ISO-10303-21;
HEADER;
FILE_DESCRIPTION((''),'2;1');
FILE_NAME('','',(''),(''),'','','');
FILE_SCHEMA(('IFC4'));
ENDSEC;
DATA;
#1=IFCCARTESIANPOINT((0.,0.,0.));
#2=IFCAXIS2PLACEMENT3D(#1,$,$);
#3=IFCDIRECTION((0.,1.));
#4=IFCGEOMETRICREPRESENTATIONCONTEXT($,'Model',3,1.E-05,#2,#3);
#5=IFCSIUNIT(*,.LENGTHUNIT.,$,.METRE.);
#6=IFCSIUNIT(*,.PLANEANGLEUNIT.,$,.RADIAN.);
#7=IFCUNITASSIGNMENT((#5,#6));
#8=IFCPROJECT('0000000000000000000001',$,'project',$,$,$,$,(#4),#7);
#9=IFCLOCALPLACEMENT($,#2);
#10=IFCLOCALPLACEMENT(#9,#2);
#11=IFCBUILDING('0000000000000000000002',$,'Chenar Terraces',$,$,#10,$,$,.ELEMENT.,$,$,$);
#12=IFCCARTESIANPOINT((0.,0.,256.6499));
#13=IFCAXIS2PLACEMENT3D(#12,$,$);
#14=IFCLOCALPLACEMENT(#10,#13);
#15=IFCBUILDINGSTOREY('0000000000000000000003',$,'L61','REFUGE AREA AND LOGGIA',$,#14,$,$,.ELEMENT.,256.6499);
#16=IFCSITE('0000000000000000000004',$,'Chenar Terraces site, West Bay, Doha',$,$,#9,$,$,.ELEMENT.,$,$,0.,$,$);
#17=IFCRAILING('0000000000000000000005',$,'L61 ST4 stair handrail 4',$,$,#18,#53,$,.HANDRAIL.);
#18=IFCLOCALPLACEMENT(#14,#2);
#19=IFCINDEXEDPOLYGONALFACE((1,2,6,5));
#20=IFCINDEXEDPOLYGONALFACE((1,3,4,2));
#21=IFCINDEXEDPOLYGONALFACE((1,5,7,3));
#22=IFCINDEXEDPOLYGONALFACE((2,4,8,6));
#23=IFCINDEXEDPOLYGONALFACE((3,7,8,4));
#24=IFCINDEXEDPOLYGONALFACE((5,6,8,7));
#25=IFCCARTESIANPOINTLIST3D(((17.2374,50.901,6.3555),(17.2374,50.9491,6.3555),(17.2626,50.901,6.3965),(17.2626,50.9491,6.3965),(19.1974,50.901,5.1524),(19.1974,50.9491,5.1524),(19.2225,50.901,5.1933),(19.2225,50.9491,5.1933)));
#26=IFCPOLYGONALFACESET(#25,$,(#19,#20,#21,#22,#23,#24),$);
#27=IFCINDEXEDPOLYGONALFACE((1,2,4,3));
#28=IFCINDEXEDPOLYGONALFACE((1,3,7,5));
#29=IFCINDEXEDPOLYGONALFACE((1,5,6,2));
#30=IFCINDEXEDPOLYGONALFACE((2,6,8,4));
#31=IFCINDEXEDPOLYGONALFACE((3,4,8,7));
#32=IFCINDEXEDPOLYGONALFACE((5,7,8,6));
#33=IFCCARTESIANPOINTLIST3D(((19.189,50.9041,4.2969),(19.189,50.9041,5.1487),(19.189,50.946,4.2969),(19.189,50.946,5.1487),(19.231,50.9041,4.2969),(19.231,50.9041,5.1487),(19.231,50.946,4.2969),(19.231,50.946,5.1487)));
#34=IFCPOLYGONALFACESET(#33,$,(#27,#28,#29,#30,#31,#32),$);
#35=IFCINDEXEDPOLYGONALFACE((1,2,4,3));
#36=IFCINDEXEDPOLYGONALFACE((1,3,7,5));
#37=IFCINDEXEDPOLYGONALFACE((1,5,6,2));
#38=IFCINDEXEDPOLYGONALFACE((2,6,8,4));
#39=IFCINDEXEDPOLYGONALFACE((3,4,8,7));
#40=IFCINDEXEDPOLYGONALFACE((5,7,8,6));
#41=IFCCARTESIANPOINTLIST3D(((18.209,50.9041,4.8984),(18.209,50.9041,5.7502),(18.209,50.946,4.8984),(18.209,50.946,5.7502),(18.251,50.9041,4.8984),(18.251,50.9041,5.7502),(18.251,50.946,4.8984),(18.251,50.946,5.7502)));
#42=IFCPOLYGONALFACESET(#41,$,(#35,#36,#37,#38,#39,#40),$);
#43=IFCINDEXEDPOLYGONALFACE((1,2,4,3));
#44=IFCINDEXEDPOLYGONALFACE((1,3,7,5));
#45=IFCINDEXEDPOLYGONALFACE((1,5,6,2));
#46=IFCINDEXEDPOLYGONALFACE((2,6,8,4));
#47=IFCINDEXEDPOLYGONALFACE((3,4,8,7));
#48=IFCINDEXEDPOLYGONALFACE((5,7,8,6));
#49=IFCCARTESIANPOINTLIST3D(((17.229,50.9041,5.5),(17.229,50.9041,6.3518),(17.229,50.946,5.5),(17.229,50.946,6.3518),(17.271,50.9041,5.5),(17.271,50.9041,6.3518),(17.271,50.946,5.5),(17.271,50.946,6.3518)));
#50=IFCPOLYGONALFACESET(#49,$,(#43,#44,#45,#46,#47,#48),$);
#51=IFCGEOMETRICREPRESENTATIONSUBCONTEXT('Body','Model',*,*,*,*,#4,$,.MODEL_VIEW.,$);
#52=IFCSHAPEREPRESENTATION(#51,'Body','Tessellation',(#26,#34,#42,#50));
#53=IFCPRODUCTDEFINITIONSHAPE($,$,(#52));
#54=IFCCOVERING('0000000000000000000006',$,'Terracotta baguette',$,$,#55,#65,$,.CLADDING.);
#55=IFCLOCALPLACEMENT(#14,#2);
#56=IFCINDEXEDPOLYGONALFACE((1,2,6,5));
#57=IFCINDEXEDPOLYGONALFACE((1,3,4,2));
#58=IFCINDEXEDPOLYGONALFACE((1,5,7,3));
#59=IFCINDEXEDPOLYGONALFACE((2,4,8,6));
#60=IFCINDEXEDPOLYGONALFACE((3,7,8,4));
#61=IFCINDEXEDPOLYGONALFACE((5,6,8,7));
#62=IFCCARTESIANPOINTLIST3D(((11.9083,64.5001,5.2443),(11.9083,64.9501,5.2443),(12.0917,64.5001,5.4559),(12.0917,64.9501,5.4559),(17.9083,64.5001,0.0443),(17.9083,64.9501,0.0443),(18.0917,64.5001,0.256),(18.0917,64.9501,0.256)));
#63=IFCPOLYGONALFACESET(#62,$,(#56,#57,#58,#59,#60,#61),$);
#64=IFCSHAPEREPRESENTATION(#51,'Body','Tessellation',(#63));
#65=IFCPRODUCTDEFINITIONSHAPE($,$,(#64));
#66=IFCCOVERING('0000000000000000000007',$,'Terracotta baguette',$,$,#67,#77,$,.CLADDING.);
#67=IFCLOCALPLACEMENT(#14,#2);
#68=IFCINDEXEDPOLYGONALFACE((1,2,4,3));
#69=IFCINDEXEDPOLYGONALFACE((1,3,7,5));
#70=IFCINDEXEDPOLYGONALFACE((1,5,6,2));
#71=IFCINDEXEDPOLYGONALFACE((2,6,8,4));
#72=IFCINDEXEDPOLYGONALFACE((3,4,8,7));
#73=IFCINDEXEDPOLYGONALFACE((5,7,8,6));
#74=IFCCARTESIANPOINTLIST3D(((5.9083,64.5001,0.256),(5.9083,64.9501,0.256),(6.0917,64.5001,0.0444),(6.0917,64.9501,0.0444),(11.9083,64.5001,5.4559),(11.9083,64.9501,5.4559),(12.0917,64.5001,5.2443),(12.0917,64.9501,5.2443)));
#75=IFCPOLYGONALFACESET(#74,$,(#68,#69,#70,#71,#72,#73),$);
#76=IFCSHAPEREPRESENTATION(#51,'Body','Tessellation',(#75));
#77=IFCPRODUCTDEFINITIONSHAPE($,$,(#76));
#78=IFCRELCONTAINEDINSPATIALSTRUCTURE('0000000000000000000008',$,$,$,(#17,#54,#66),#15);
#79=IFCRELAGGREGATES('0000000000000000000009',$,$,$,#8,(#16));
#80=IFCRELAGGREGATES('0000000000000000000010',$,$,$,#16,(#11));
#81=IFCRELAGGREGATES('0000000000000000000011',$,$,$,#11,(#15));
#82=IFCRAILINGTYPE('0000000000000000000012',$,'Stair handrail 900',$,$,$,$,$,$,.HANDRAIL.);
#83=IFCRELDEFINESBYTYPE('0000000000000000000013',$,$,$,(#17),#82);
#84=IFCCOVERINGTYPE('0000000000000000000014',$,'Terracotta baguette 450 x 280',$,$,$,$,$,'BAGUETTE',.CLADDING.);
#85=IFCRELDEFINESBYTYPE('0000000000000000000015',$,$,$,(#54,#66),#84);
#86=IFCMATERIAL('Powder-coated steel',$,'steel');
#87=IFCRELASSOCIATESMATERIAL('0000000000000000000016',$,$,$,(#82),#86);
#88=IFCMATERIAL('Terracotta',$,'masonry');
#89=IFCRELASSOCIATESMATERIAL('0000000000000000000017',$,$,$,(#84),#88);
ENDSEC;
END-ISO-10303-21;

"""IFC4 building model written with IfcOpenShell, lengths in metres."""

from ifc_helpers import new_model, si_unit, direction, frame, origin, origin_2d, place, context, subcontext, project, spatial, rectangle, extrude, material, material_profile, profile_set, type_object, element, save


model = new_model("IFC4")

# Units and contexts
model_context = context("Model", 3, precision=1e-05, world=origin(), true_north=direction((0.0, 1.0)))
body_context = subcontext(model_context, "Body", "Model", "MODEL_VIEW")
ifc_project = project(units=[si_unit("LENGTHUNIT", "METRE"), si_unit("PLANEANGLEUNIT", "RADIAN")], contexts=[model_context])

# Site, building, storey
site_placement = place(None, origin())
site = spatial("IfcSite", under=ifc_project, at=site_placement, Name="Chenar Terraces site, West Bay, Doha", CompositionType="ELEMENT", RefElevation=0.0)
building_placement = place(site_placement, origin())
building = spatial("IfcBuilding", under=site, at=building_placement, Name="Chenar Terraces", CompositionType="ELEMENT")
storey_placement = place(building_placement, frame((0.0, 0.0, 256.6499)))
storey = spatial("IfcBuildingStorey", under=building, at=storey_placement, Name="L61", Description="REFUGE AREA AND LOGGIA", CompositionType="ELEMENT", Elevation=256.6499)

# Railing
ifc_material_1 = material(Name="Powder-coated steel", Category="steel")
railing_type_1 = type_object("IfcRailingType", Name="Stair handrail 900", PredefinedType="HANDRAIL", material=ifc_material_1)
railing_1_placement = place(storey_placement, frame((19.21, 50.925, 4.2969)))
element("IfcRailing", 1, at=railing_1_placement, inside=storey, type_object=railing_type_1, Name="L61 ST4 stair handrail 4", PredefinedType="HANDRAIL", context=body_context, shape_type="SweptSolid", body=[
    extrude(rectangle(XDim=0.0481, YDim=0.0481, at=origin_2d()), frame((0.0, 0.0, 0.876), z_axis=(-0.852241, 0.0, 0.523149), x_axis=(0.0, -1.0, 0.0)), (0.0, 0.0, 1.0), 2.2998),
    extrude(rectangle(XDim=0.042, YDim=0.042, at=origin_2d()), origin(), (0.0, 0.0, 1.0), 0.8518),
    extrude(rectangle(XDim=0.042, YDim=0.042, at=origin_2d()), frame((-0.98, 0.0, 0.6016)), (0.0, 0.0, 1.0), 0.8518),
    extrude(rectangle(XDim=0.042, YDim=0.042, at=origin_2d()), frame((-1.96, 0.0, 1.2031)), (0.0, 0.0, 1.0), 0.8518),
])

# Coverings
ifc_material_2 = material(Name="Terracotta", Category="masonry")
ifc_material_profile_1 = material_profile(ifc_material_2, rectangle(XDim=0.45, YDim=0.28, at=origin_2d()), Name="Terracotta baguette 450 x 280")
ifc_profile_set_1 = profile_set([ifc_material_profile_1], Name="Terracotta")
covering_type = type_object("IfcCoveringType", Name="Terracotta baguette 450 x 280", ElementType="BAGUETTE", PredefinedType="CLADDING", material=ifc_profile_set_1)
for number, where, z_axis, x_axis, name in (
    (2, (18.0, 64.7251, 0.1501), (-0.755692, 0.0, 0.654927), (0.0, -1.0, 0.0), "Terracotta baguette"),
    (3, (12.0, 64.7251, 5.3501), (-0.755692, 0.0, -0.654927), (0.0, -1.0, 0.0), "Terracotta baguette"),
):
    element("IfcCovering", number, at=place(storey_placement, frame(where, z_axis=z_axis, x_axis=x_axis)), inside=storey, type_object=covering_type, Name=name, PredefinedType="CLADDING", context=body_context, shape_type="SweptSolid", body=[
        extrude(rectangle(XDim=0.45, YDim=0.28, at=origin_2d()), origin(), (0.0, 0.0, 1.0), 7.9397),
    ])

save(model, "model.ifc")
